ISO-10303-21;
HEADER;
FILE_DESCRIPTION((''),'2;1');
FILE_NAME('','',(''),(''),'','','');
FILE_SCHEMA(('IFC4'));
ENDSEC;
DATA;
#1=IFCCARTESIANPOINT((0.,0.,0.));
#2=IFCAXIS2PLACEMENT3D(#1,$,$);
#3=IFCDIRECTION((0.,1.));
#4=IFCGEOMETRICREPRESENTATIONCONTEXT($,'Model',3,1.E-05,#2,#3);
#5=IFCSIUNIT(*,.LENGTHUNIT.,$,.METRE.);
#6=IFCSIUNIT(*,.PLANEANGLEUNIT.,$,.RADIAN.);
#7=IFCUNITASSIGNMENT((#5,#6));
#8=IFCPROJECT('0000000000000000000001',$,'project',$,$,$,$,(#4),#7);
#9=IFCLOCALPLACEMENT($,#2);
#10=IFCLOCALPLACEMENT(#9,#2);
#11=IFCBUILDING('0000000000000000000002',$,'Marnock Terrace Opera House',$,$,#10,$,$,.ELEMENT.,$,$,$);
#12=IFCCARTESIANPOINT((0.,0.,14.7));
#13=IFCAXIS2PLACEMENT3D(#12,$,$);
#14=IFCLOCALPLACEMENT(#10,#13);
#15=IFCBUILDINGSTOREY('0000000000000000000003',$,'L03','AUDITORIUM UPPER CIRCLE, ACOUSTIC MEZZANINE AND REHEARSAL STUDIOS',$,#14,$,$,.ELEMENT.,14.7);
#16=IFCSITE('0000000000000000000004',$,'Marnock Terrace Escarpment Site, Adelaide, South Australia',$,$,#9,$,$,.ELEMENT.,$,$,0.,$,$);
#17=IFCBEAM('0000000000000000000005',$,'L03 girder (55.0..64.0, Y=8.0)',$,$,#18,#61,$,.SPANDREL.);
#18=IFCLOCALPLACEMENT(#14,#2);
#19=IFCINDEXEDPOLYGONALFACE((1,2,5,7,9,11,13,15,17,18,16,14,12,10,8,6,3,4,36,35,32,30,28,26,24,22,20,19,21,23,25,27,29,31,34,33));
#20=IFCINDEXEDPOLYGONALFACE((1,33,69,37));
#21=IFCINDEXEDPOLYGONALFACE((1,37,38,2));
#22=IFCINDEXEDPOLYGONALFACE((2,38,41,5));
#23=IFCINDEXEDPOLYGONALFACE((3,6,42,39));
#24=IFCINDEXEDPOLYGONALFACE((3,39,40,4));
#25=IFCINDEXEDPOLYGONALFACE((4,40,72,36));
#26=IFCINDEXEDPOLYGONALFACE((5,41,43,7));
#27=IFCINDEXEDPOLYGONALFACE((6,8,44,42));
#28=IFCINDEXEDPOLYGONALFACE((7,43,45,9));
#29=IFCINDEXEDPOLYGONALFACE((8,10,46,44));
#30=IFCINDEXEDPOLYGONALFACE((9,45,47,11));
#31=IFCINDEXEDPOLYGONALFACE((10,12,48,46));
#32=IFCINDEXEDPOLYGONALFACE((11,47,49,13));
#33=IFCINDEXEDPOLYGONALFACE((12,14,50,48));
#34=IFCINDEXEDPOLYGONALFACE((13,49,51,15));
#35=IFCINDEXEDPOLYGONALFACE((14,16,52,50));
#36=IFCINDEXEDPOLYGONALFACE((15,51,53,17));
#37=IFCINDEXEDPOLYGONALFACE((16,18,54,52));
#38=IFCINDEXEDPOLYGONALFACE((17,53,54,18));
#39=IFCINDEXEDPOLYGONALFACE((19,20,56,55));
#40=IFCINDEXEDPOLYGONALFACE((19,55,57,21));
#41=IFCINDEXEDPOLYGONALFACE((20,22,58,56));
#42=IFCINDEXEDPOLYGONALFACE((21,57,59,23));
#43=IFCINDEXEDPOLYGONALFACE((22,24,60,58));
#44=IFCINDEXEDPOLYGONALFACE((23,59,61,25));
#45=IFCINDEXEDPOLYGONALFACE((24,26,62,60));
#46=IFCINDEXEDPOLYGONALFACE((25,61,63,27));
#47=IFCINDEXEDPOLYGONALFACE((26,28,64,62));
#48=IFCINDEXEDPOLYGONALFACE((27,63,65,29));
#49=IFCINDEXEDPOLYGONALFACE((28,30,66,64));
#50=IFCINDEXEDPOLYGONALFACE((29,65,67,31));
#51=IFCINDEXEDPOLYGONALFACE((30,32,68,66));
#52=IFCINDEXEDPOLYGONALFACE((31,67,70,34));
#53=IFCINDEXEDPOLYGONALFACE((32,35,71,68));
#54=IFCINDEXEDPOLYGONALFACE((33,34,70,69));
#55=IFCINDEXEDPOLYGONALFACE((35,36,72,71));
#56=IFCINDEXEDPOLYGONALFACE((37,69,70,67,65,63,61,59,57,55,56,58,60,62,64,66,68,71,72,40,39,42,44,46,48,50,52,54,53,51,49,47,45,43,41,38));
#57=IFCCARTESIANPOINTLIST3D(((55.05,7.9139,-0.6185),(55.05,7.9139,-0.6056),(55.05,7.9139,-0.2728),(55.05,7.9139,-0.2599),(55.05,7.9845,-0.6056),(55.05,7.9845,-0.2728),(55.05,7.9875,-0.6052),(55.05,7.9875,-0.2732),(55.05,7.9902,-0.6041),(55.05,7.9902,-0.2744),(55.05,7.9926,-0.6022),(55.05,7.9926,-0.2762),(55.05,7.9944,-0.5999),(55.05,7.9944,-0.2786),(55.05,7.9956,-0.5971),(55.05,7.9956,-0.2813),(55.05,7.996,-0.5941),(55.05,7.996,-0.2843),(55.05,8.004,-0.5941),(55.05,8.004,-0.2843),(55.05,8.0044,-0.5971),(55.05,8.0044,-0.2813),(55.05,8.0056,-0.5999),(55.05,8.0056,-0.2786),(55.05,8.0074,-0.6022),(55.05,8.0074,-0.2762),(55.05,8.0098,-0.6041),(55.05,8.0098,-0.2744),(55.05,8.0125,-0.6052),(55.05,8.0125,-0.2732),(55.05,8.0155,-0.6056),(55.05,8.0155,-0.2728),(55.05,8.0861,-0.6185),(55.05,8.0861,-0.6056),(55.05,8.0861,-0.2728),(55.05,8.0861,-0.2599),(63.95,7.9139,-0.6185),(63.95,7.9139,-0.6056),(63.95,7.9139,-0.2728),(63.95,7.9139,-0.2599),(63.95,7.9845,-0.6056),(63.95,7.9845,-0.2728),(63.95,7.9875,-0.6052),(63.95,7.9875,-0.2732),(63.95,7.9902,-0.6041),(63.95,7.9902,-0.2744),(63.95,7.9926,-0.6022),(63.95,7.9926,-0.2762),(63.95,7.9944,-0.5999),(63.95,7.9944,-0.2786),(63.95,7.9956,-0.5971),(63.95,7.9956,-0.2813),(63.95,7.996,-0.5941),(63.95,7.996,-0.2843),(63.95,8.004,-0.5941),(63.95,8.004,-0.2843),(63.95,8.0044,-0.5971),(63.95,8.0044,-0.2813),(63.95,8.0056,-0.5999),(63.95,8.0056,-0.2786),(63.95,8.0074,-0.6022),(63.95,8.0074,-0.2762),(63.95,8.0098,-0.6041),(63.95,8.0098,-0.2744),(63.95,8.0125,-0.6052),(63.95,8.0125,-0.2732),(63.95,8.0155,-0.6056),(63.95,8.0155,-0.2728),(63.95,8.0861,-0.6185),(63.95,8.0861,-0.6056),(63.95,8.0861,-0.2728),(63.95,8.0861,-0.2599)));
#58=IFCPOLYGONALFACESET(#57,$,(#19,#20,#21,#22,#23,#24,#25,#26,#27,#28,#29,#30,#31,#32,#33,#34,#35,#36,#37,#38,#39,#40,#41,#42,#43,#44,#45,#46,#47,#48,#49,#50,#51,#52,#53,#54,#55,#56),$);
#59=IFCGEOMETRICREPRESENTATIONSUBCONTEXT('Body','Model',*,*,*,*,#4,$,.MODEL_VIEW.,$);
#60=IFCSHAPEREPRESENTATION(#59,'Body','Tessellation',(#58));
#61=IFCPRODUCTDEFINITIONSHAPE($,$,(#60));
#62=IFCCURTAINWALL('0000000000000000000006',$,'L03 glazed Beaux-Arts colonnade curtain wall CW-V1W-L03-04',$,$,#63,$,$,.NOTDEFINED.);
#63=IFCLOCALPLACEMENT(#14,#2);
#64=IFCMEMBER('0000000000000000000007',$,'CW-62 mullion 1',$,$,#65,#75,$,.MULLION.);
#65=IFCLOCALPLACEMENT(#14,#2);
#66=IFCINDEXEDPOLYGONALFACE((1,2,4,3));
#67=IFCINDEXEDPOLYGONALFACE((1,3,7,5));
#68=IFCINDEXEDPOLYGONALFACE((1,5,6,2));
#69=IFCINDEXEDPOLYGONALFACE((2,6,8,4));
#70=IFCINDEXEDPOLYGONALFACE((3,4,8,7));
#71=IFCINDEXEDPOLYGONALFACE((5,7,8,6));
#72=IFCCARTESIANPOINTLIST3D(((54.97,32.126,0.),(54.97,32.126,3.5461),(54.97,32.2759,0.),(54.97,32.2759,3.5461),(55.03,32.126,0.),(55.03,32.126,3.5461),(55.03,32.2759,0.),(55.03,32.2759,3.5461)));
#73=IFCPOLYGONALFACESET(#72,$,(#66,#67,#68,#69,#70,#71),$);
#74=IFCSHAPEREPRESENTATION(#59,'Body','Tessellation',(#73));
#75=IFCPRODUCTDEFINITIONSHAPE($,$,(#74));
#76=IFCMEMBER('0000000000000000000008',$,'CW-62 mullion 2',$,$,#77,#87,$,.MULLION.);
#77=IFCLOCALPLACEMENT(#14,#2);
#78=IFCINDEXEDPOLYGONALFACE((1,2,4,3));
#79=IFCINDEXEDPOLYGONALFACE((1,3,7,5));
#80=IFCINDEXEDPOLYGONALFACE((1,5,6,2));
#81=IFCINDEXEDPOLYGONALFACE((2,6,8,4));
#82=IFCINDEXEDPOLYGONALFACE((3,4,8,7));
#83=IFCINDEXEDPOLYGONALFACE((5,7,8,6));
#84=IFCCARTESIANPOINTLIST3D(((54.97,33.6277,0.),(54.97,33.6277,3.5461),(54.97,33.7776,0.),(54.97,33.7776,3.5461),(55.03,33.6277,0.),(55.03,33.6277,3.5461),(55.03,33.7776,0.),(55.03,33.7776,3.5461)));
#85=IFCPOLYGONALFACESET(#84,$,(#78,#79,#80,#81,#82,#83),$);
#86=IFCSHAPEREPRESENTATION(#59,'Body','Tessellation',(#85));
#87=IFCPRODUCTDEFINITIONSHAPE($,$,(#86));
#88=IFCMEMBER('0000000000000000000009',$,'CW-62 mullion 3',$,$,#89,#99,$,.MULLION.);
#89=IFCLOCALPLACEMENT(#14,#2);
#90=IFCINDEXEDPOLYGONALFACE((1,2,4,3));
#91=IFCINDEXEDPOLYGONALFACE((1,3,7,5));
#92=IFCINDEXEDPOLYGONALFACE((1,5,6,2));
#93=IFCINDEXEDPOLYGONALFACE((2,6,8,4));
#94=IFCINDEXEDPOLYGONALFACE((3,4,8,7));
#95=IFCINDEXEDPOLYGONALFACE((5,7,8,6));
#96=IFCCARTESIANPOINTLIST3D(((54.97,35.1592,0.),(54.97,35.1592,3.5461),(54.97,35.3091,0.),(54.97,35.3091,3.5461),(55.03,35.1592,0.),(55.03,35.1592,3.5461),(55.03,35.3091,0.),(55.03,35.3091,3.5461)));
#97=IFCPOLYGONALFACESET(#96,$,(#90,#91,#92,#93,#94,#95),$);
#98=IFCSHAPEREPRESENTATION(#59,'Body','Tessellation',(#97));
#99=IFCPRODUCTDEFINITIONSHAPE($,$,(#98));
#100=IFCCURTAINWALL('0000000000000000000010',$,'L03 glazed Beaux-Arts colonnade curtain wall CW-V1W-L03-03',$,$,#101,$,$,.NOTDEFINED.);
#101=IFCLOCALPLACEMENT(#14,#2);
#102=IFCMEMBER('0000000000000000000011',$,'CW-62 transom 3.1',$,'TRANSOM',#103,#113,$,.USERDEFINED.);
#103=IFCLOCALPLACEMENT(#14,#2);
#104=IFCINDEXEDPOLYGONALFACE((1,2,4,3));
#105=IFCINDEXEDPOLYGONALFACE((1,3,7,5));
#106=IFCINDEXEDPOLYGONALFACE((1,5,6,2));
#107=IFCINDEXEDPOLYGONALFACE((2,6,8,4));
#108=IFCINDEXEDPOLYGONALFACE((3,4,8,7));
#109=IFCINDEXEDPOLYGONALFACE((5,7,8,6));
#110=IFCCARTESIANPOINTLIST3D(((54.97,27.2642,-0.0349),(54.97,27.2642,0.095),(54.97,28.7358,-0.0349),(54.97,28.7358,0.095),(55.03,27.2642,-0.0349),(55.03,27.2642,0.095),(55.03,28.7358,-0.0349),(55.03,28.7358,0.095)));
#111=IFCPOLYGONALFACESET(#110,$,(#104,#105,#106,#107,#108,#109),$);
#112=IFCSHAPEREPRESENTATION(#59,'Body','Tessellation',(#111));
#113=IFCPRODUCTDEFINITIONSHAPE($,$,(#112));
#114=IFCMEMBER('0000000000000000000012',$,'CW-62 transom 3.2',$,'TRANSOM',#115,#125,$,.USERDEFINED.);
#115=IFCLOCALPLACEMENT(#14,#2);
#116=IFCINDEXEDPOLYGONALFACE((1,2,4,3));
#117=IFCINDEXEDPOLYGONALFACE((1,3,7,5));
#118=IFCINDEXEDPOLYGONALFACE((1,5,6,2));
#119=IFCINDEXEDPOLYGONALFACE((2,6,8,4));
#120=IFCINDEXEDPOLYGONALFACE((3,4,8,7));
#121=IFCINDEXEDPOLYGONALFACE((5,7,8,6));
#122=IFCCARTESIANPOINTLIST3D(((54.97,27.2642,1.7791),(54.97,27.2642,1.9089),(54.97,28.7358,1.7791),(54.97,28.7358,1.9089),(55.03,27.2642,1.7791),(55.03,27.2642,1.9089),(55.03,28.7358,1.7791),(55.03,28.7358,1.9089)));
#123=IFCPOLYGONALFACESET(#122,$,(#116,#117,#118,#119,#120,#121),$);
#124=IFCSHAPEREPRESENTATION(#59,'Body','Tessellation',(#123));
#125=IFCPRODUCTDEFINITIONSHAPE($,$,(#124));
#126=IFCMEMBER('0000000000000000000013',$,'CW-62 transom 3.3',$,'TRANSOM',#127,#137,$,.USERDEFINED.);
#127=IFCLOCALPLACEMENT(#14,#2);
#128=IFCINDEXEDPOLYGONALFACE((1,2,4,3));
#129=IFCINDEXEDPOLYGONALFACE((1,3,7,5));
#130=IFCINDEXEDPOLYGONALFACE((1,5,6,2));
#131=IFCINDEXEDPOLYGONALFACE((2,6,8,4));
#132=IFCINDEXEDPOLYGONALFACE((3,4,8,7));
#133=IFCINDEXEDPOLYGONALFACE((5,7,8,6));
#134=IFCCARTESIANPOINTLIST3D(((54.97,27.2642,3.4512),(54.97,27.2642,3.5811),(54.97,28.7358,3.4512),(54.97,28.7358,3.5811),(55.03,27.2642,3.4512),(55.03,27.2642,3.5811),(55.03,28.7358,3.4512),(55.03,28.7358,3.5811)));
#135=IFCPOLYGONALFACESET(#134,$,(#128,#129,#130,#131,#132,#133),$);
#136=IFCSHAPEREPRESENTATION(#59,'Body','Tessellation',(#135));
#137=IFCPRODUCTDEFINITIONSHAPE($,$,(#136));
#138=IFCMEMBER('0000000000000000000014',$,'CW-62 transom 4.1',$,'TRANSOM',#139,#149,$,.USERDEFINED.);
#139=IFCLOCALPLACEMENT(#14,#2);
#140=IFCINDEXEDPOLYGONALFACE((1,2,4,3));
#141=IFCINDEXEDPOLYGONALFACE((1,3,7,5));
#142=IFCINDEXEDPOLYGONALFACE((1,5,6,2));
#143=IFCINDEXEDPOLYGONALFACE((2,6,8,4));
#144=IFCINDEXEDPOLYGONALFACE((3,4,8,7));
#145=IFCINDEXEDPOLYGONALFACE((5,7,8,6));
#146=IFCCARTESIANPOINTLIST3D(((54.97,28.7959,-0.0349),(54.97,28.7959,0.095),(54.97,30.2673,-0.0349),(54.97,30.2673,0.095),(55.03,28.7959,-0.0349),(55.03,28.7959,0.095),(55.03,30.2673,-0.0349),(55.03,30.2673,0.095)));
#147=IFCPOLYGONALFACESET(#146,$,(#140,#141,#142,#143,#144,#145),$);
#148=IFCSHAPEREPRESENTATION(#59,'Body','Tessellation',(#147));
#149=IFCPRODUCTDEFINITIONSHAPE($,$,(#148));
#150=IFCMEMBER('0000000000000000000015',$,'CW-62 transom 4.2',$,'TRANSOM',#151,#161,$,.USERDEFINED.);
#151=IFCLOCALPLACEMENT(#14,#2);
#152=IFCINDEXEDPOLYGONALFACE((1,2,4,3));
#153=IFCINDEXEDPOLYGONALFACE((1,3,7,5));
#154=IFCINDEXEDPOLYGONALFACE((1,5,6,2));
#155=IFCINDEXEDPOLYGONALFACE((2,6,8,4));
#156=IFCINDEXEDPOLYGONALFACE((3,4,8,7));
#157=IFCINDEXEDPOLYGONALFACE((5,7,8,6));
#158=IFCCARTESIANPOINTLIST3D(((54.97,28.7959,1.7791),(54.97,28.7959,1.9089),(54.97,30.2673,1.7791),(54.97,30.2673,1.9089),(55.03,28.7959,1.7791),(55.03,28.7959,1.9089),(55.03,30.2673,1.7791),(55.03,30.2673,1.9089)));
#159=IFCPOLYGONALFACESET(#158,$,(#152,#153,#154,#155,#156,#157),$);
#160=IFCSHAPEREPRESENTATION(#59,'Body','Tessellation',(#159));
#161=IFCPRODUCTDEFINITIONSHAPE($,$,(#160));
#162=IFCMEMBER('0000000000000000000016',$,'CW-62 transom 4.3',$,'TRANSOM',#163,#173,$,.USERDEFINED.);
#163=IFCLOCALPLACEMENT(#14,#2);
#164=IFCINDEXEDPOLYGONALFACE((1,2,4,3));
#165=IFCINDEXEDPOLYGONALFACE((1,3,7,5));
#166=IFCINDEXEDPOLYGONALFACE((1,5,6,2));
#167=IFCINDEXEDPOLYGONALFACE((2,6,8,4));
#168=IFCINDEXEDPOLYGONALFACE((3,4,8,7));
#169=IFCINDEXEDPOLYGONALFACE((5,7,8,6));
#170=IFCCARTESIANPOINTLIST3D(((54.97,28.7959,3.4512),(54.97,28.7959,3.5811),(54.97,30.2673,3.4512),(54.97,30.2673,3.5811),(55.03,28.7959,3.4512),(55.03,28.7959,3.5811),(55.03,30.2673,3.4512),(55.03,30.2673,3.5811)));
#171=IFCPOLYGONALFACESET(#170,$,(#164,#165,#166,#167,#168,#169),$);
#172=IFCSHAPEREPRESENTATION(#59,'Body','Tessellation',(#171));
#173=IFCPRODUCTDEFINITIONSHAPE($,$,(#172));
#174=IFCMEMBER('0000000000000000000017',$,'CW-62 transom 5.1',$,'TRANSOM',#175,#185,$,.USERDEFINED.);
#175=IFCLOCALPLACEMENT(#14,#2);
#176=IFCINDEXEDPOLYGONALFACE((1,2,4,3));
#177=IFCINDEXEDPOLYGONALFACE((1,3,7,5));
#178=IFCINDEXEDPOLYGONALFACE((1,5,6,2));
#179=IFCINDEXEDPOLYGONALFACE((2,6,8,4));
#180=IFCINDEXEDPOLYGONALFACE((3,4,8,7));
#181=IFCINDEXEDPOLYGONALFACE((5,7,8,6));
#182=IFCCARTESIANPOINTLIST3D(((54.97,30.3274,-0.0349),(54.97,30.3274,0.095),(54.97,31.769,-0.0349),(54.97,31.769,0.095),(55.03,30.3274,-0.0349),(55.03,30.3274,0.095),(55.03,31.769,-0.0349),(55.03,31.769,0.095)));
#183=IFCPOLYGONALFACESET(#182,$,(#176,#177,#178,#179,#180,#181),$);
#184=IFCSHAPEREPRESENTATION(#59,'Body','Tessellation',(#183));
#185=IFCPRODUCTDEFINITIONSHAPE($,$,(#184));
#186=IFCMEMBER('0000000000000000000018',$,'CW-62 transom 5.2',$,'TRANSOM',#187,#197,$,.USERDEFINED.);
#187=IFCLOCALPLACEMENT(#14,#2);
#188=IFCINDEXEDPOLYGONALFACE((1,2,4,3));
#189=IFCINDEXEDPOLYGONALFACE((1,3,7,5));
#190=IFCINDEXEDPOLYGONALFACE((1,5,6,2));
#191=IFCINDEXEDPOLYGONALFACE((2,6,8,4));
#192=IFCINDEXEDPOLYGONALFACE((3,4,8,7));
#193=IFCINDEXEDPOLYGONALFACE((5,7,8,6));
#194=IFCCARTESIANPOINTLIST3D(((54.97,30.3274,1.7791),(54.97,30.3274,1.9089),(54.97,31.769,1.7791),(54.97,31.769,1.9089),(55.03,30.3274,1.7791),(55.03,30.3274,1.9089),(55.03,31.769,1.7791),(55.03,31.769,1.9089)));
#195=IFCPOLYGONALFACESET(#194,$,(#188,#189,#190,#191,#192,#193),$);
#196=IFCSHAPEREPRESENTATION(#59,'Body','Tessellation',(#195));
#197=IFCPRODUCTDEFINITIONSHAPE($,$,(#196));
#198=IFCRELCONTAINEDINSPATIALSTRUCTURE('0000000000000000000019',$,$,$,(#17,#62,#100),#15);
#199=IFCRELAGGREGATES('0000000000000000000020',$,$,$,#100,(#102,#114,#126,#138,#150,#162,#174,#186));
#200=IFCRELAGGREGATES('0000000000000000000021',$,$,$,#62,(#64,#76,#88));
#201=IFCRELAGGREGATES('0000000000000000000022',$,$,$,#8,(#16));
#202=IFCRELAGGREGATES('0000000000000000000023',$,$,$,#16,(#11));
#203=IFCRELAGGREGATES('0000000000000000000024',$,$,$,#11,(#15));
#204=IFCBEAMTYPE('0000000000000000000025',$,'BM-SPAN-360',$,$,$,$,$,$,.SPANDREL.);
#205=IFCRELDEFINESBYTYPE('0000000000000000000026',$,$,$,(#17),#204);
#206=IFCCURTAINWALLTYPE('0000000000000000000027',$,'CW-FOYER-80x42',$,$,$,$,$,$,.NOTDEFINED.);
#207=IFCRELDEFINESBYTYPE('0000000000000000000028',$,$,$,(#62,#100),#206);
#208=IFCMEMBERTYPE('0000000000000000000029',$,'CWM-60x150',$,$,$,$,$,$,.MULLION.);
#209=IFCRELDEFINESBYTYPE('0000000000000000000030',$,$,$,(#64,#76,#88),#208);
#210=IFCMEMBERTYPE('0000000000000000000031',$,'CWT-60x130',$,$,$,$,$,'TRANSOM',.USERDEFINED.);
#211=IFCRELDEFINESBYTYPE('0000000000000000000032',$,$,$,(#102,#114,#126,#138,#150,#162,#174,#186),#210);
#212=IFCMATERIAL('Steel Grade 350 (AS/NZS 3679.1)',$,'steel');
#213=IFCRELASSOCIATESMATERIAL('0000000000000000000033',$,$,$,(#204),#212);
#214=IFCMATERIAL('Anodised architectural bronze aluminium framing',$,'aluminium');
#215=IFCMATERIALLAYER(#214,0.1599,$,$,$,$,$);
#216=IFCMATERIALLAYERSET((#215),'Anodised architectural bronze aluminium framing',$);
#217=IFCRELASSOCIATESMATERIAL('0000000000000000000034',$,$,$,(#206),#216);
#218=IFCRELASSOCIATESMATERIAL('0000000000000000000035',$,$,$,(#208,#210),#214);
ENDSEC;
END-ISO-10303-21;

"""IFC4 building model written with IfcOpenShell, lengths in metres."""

from ifc_helpers import new_model, si_unit, direction, frame, origin, origin_2d, place, context, subcontext, project, spatial, rectangle, i_section, extrude, material, layer, layer_set, material_profile, profile_set, type_object, element, aggregate, save


model = new_model("IFC4")

# Units and contexts
model_context = context("Model", 3, precision=1e-05, world=origin(), true_north=direction((0.0, 1.0)))
body_context = subcontext(model_context, "Body", "Model", "MODEL_VIEW")
ifc_project = project(units=[si_unit("LENGTHUNIT", "METRE"), si_unit("PLANEANGLEUNIT", "RADIAN")], contexts=[model_context])

# Site, building, storey
site_placement = place(None, origin())
site = spatial("IfcSite", under=ifc_project, at=site_placement, Name="Marnock Terrace Escarpment Site, Adelaide, South Australia", CompositionType="ELEMENT", RefElevation=0.0)
building_placement = place(site_placement, origin())
building = spatial("IfcBuilding", under=site, at=building_placement, Name="Marnock Terrace Opera House", CompositionType="ELEMENT")
storey_placement = place(building_placement, frame((0.0, 0.0, 14.7)))
storey = spatial("IfcBuildingStorey", under=building, at=storey_placement, Name="L03", Description="AUDITORIUM UPPER CIRCLE, ACOUSTIC MEZZANINE AND REHEARSAL STUDIOS", CompositionType="ELEMENT", Elevation=14.7)

# Beam
ifc_material_1 = material(Name="Steel Grade 350 (AS/NZS 3679.1)", Category="steel")
ifc_material_profile_1 = material_profile(ifc_material_1, i_section(OverallWidth=0.1721, OverallDepth=0.3586, WebThickness=0.0081, FlangeThickness=0.0129, FilletRadius=0.0115, at=origin_2d()))
ifc_profile_set_1 = profile_set([ifc_material_profile_1], Name="Steel Grade 350 (AS/NZS 3679.1)")
beam_type = type_object("IfcBeamType", Name="BM-SPAN-360", PredefinedType="SPANDREL", material=ifc_profile_set_1)
beam_placement = place(storey_placement, frame((55.05, 8.0, -0.4392), z_axis=(1.0, 0.0, 0.0), x_axis=(0.0, 1.0, 0.0)))
element("IfcBeam", 1, at=beam_placement, inside=storey, type_object=beam_type, Name="L03 girder (55.0..64.0, Y=8.0)", PredefinedType="SPANDREL", context=body_context, shape_type="SweptSolid", body=[
    extrude(i_section(OverallWidth=0.1721, OverallDepth=0.3586, WebThickness=0.0081, FlangeThickness=0.0129, FilletRadius=0.0115, at=origin_2d()), origin(), (0.0, 0.0, 1.0), 8.8999),
])

# Curtain walls, members
ifc_material_2 = material(Name="Anodised architectural bronze aluminium framing", Category="aluminium")
ifc_layer_1 = layer(ifc_material_2, 0.1599)
ifc_layer_set_1 = layer_set([ifc_layer_1], Name="Anodised architectural bronze aluminium framing")
curtain_wall_type = type_object("IfcCurtainWallType", Name="CW-FOYER-80x42", PredefinedType="NOTDEFINED", material=ifc_layer_set_1)
curtain_wall_1_placement = place(storey_placement, origin())
curtain_wall_1 = element("IfcCurtainWall", 2, at=curtain_wall_1_placement, inside=storey, type_object=curtain_wall_type, Name="L03 glazed Beaux-Arts colonnade curtain wall CW-V1W-L03-04", PredefinedType="NOTDEFINED")
ifc_material_profile_2 = material_profile(ifc_material_2, rectangle(XDim=0.0601, YDim=0.1499, at=origin_2d()))
ifc_profile_set_2 = profile_set([ifc_material_profile_2], Name="Anodised architectural bronze aluminium framing")
member_type_1 = type_object("IfcMemberType", Name="CWM-60x150", PredefinedType="MULLION", material=ifc_profile_set_2)
member_1_placement = place(storey_placement, frame((55.0, 32.2009, 0.0), z_axis=(0.0, 0.0, 1.0), x_axis=(-1.0, 0.0, 0.0)))
member_1 = element("IfcMember", 3, at=member_1_placement, type_object=member_type_1, Name="CW-62 mullion 1", PredefinedType="MULLION", context=body_context, shape_type="SweptSolid", body=[
    extrude(rectangle(XDim=0.0601, YDim=0.1499, at=origin_2d()), origin(), (0.0, 0.0, 1.0), 3.5461),
])
member_2_placement = place(storey_placement, frame((55.0, 33.7026, 0.0), z_axis=(0.0, 0.0, 1.0), x_axis=(-1.0, 0.0, 0.0)))
member_2 = element("IfcMember", 4, at=member_2_placement, type_object=member_type_1, Name="CW-62 mullion 2", PredefinedType="MULLION", context=body_context, shape_type="SweptSolid", body=[
    extrude(rectangle(XDim=0.0601, YDim=0.1499, at=origin_2d()), origin(), (0.0, 0.0, 1.0), 3.5461),
])
member_3_placement = place(storey_placement, frame((55.0, 35.2341, 0.0), z_axis=(0.0, 0.0, 1.0), x_axis=(-1.0, 0.0, 0.0)))
member_3 = element("IfcMember", 5, at=member_3_placement, type_object=member_type_1, Name="CW-62 mullion 3", PredefinedType="MULLION", context=body_context, shape_type="SweptSolid", body=[
    extrude(rectangle(XDim=0.0601, YDim=0.1499, at=origin_2d()), origin(), (0.0, 0.0, 1.0), 3.5461),
])
curtain_wall_2_placement = place(storey_placement, origin())
curtain_wall_2 = element("IfcCurtainWall", 6, at=curtain_wall_2_placement, inside=storey, type_object=curtain_wall_type, Name="L03 glazed Beaux-Arts colonnade curtain wall CW-V1W-L03-03", PredefinedType="NOTDEFINED")
ifc_material_profile_3 = material_profile(ifc_material_2, rectangle(XDim=0.0601, YDim=0.1299, at=origin_2d()))
ifc_profile_set_3 = profile_set([ifc_material_profile_3], Name="Anodised architectural bronze aluminium framing")
member_type_2 = type_object("IfcMemberType", Name="CWT-60x130", ElementType="TRANSOM", PredefinedType="USERDEFINED", material=ifc_profile_set_3)
member_4_placement = place(storey_placement, frame((55.0, 27.2642, 0.03), z_axis=(0.0, 1.0, 0.0), x_axis=(-1.0, 0.0, 0.0)))
member_4 = element("IfcMember", 7, at=member_4_placement, type_object=member_type_2, Name="CW-62 transom 3.1", ObjectType="TRANSOM", PredefinedType="USERDEFINED", context=body_context, shape_type="SweptSolid", body=[
    extrude(rectangle(XDim=0.0601, YDim=0.1299, at=origin_2d()), origin(), (0.0, 0.0, 1.0), 1.4717),
])
member_5_placement = place(storey_placement, frame((55.0, 27.2642, 1.844), z_axis=(0.0, 1.0, 0.0), x_axis=(-1.0, 0.0, 0.0)))
member_5 = element("IfcMember", 8, at=member_5_placement, type_object=member_type_2, Name="CW-62 transom 3.2", ObjectType="TRANSOM", PredefinedType="USERDEFINED", context=body_context, shape_type="SweptSolid", body=[
    extrude(rectangle(XDim=0.0601, YDim=0.1299, at=origin_2d()), origin(), (0.0, 0.0, 1.0), 1.4717),
])
member_6_placement = place(storey_placement, frame((55.0, 27.2642, 3.5161), z_axis=(0.0, 1.0, 0.0), x_axis=(-1.0, 0.0, 0.0)))
member_6 = element("IfcMember", 9, at=member_6_placement, type_object=member_type_2, Name="CW-62 transom 3.3", ObjectType="TRANSOM", PredefinedType="USERDEFINED", context=body_context, shape_type="SweptSolid", body=[
    extrude(rectangle(XDim=0.0601, YDim=0.1299, at=origin_2d()), origin(), (0.0, 0.0, 1.0), 1.4717),
])
member_7_placement = place(storey_placement, frame((55.0, 28.7959, 0.03), z_axis=(0.0, 1.0, 0.0), x_axis=(-1.0, 0.0, 0.0)))
member_7 = element("IfcMember", 10, at=member_7_placement, type_object=member_type_2, Name="CW-62 transom 4.1", ObjectType="TRANSOM", PredefinedType="USERDEFINED", context=body_context, shape_type="SweptSolid", body=[
    extrude(rectangle(XDim=0.0601, YDim=0.1299, at=origin_2d()), origin(), (0.0, 0.0, 1.0), 1.4714),
])
member_8_placement = place(storey_placement, frame((55.0, 28.7959, 1.844), z_axis=(0.0, 1.0, 0.0), x_axis=(-1.0, 0.0, 0.0)))
member_8 = element("IfcMember", 11, at=member_8_placement, type_object=member_type_2, Name="CW-62 transom 4.2", ObjectType="TRANSOM", PredefinedType="USERDEFINED", context=body_context, shape_type="SweptSolid", body=[
    extrude(rectangle(XDim=0.0601, YDim=0.1299, at=origin_2d()), origin(), (0.0, 0.0, 1.0), 1.4714),
])
member_9_placement = place(storey_placement, frame((55.0, 28.7959, 3.5161), z_axis=(0.0, 1.0, 0.0), x_axis=(-1.0, 0.0, 0.0)))
member_9 = element("IfcMember", 12, at=member_9_placement, type_object=member_type_2, Name="CW-62 transom 4.3", ObjectType="TRANSOM", PredefinedType="USERDEFINED", context=body_context, shape_type="SweptSolid", body=[
    extrude(rectangle(XDim=0.0601, YDim=0.1299, at=origin_2d()), origin(), (0.0, 0.0, 1.0), 1.4714),
])
member_10_placement = place(storey_placement, frame((55.0, 30.3274, 0.03), z_axis=(0.0, 1.0, 0.0), x_axis=(-1.0, 0.0, 0.0)))
member_10 = element("IfcMember", 13, at=member_10_placement, type_object=member_type_2, Name="CW-62 transom 5.1", ObjectType="TRANSOM", PredefinedType="USERDEFINED", context=body_context, shape_type="SweptSolid", body=[
    extrude(rectangle(XDim=0.0601, YDim=0.1299, at=origin_2d()), origin(), (0.0, 0.0, 1.0), 1.4417),
])
member_11_placement = place(storey_placement, frame((55.0, 30.3274, 1.844), z_axis=(0.0, 1.0, 0.0), x_axis=(-1.0, 0.0, 0.0)))
member_11 = element("IfcMember", 14, at=member_11_placement, type_object=member_type_2, Name="CW-62 transom 5.2", ObjectType="TRANSOM", PredefinedType="USERDEFINED", context=body_context, shape_type="SweptSolid", body=[
    extrude(rectangle(XDim=0.0601, YDim=0.1299, at=origin_2d()), origin(), (0.0, 0.0, 1.0), 1.4417),
])

aggregate(curtain_wall_2, [member_4, member_5, member_6, member_7, member_8, member_9, member_10, member_11])
aggregate(curtain_wall_1, [member_1, member_2, member_3])

save(model, "model.ifc")
